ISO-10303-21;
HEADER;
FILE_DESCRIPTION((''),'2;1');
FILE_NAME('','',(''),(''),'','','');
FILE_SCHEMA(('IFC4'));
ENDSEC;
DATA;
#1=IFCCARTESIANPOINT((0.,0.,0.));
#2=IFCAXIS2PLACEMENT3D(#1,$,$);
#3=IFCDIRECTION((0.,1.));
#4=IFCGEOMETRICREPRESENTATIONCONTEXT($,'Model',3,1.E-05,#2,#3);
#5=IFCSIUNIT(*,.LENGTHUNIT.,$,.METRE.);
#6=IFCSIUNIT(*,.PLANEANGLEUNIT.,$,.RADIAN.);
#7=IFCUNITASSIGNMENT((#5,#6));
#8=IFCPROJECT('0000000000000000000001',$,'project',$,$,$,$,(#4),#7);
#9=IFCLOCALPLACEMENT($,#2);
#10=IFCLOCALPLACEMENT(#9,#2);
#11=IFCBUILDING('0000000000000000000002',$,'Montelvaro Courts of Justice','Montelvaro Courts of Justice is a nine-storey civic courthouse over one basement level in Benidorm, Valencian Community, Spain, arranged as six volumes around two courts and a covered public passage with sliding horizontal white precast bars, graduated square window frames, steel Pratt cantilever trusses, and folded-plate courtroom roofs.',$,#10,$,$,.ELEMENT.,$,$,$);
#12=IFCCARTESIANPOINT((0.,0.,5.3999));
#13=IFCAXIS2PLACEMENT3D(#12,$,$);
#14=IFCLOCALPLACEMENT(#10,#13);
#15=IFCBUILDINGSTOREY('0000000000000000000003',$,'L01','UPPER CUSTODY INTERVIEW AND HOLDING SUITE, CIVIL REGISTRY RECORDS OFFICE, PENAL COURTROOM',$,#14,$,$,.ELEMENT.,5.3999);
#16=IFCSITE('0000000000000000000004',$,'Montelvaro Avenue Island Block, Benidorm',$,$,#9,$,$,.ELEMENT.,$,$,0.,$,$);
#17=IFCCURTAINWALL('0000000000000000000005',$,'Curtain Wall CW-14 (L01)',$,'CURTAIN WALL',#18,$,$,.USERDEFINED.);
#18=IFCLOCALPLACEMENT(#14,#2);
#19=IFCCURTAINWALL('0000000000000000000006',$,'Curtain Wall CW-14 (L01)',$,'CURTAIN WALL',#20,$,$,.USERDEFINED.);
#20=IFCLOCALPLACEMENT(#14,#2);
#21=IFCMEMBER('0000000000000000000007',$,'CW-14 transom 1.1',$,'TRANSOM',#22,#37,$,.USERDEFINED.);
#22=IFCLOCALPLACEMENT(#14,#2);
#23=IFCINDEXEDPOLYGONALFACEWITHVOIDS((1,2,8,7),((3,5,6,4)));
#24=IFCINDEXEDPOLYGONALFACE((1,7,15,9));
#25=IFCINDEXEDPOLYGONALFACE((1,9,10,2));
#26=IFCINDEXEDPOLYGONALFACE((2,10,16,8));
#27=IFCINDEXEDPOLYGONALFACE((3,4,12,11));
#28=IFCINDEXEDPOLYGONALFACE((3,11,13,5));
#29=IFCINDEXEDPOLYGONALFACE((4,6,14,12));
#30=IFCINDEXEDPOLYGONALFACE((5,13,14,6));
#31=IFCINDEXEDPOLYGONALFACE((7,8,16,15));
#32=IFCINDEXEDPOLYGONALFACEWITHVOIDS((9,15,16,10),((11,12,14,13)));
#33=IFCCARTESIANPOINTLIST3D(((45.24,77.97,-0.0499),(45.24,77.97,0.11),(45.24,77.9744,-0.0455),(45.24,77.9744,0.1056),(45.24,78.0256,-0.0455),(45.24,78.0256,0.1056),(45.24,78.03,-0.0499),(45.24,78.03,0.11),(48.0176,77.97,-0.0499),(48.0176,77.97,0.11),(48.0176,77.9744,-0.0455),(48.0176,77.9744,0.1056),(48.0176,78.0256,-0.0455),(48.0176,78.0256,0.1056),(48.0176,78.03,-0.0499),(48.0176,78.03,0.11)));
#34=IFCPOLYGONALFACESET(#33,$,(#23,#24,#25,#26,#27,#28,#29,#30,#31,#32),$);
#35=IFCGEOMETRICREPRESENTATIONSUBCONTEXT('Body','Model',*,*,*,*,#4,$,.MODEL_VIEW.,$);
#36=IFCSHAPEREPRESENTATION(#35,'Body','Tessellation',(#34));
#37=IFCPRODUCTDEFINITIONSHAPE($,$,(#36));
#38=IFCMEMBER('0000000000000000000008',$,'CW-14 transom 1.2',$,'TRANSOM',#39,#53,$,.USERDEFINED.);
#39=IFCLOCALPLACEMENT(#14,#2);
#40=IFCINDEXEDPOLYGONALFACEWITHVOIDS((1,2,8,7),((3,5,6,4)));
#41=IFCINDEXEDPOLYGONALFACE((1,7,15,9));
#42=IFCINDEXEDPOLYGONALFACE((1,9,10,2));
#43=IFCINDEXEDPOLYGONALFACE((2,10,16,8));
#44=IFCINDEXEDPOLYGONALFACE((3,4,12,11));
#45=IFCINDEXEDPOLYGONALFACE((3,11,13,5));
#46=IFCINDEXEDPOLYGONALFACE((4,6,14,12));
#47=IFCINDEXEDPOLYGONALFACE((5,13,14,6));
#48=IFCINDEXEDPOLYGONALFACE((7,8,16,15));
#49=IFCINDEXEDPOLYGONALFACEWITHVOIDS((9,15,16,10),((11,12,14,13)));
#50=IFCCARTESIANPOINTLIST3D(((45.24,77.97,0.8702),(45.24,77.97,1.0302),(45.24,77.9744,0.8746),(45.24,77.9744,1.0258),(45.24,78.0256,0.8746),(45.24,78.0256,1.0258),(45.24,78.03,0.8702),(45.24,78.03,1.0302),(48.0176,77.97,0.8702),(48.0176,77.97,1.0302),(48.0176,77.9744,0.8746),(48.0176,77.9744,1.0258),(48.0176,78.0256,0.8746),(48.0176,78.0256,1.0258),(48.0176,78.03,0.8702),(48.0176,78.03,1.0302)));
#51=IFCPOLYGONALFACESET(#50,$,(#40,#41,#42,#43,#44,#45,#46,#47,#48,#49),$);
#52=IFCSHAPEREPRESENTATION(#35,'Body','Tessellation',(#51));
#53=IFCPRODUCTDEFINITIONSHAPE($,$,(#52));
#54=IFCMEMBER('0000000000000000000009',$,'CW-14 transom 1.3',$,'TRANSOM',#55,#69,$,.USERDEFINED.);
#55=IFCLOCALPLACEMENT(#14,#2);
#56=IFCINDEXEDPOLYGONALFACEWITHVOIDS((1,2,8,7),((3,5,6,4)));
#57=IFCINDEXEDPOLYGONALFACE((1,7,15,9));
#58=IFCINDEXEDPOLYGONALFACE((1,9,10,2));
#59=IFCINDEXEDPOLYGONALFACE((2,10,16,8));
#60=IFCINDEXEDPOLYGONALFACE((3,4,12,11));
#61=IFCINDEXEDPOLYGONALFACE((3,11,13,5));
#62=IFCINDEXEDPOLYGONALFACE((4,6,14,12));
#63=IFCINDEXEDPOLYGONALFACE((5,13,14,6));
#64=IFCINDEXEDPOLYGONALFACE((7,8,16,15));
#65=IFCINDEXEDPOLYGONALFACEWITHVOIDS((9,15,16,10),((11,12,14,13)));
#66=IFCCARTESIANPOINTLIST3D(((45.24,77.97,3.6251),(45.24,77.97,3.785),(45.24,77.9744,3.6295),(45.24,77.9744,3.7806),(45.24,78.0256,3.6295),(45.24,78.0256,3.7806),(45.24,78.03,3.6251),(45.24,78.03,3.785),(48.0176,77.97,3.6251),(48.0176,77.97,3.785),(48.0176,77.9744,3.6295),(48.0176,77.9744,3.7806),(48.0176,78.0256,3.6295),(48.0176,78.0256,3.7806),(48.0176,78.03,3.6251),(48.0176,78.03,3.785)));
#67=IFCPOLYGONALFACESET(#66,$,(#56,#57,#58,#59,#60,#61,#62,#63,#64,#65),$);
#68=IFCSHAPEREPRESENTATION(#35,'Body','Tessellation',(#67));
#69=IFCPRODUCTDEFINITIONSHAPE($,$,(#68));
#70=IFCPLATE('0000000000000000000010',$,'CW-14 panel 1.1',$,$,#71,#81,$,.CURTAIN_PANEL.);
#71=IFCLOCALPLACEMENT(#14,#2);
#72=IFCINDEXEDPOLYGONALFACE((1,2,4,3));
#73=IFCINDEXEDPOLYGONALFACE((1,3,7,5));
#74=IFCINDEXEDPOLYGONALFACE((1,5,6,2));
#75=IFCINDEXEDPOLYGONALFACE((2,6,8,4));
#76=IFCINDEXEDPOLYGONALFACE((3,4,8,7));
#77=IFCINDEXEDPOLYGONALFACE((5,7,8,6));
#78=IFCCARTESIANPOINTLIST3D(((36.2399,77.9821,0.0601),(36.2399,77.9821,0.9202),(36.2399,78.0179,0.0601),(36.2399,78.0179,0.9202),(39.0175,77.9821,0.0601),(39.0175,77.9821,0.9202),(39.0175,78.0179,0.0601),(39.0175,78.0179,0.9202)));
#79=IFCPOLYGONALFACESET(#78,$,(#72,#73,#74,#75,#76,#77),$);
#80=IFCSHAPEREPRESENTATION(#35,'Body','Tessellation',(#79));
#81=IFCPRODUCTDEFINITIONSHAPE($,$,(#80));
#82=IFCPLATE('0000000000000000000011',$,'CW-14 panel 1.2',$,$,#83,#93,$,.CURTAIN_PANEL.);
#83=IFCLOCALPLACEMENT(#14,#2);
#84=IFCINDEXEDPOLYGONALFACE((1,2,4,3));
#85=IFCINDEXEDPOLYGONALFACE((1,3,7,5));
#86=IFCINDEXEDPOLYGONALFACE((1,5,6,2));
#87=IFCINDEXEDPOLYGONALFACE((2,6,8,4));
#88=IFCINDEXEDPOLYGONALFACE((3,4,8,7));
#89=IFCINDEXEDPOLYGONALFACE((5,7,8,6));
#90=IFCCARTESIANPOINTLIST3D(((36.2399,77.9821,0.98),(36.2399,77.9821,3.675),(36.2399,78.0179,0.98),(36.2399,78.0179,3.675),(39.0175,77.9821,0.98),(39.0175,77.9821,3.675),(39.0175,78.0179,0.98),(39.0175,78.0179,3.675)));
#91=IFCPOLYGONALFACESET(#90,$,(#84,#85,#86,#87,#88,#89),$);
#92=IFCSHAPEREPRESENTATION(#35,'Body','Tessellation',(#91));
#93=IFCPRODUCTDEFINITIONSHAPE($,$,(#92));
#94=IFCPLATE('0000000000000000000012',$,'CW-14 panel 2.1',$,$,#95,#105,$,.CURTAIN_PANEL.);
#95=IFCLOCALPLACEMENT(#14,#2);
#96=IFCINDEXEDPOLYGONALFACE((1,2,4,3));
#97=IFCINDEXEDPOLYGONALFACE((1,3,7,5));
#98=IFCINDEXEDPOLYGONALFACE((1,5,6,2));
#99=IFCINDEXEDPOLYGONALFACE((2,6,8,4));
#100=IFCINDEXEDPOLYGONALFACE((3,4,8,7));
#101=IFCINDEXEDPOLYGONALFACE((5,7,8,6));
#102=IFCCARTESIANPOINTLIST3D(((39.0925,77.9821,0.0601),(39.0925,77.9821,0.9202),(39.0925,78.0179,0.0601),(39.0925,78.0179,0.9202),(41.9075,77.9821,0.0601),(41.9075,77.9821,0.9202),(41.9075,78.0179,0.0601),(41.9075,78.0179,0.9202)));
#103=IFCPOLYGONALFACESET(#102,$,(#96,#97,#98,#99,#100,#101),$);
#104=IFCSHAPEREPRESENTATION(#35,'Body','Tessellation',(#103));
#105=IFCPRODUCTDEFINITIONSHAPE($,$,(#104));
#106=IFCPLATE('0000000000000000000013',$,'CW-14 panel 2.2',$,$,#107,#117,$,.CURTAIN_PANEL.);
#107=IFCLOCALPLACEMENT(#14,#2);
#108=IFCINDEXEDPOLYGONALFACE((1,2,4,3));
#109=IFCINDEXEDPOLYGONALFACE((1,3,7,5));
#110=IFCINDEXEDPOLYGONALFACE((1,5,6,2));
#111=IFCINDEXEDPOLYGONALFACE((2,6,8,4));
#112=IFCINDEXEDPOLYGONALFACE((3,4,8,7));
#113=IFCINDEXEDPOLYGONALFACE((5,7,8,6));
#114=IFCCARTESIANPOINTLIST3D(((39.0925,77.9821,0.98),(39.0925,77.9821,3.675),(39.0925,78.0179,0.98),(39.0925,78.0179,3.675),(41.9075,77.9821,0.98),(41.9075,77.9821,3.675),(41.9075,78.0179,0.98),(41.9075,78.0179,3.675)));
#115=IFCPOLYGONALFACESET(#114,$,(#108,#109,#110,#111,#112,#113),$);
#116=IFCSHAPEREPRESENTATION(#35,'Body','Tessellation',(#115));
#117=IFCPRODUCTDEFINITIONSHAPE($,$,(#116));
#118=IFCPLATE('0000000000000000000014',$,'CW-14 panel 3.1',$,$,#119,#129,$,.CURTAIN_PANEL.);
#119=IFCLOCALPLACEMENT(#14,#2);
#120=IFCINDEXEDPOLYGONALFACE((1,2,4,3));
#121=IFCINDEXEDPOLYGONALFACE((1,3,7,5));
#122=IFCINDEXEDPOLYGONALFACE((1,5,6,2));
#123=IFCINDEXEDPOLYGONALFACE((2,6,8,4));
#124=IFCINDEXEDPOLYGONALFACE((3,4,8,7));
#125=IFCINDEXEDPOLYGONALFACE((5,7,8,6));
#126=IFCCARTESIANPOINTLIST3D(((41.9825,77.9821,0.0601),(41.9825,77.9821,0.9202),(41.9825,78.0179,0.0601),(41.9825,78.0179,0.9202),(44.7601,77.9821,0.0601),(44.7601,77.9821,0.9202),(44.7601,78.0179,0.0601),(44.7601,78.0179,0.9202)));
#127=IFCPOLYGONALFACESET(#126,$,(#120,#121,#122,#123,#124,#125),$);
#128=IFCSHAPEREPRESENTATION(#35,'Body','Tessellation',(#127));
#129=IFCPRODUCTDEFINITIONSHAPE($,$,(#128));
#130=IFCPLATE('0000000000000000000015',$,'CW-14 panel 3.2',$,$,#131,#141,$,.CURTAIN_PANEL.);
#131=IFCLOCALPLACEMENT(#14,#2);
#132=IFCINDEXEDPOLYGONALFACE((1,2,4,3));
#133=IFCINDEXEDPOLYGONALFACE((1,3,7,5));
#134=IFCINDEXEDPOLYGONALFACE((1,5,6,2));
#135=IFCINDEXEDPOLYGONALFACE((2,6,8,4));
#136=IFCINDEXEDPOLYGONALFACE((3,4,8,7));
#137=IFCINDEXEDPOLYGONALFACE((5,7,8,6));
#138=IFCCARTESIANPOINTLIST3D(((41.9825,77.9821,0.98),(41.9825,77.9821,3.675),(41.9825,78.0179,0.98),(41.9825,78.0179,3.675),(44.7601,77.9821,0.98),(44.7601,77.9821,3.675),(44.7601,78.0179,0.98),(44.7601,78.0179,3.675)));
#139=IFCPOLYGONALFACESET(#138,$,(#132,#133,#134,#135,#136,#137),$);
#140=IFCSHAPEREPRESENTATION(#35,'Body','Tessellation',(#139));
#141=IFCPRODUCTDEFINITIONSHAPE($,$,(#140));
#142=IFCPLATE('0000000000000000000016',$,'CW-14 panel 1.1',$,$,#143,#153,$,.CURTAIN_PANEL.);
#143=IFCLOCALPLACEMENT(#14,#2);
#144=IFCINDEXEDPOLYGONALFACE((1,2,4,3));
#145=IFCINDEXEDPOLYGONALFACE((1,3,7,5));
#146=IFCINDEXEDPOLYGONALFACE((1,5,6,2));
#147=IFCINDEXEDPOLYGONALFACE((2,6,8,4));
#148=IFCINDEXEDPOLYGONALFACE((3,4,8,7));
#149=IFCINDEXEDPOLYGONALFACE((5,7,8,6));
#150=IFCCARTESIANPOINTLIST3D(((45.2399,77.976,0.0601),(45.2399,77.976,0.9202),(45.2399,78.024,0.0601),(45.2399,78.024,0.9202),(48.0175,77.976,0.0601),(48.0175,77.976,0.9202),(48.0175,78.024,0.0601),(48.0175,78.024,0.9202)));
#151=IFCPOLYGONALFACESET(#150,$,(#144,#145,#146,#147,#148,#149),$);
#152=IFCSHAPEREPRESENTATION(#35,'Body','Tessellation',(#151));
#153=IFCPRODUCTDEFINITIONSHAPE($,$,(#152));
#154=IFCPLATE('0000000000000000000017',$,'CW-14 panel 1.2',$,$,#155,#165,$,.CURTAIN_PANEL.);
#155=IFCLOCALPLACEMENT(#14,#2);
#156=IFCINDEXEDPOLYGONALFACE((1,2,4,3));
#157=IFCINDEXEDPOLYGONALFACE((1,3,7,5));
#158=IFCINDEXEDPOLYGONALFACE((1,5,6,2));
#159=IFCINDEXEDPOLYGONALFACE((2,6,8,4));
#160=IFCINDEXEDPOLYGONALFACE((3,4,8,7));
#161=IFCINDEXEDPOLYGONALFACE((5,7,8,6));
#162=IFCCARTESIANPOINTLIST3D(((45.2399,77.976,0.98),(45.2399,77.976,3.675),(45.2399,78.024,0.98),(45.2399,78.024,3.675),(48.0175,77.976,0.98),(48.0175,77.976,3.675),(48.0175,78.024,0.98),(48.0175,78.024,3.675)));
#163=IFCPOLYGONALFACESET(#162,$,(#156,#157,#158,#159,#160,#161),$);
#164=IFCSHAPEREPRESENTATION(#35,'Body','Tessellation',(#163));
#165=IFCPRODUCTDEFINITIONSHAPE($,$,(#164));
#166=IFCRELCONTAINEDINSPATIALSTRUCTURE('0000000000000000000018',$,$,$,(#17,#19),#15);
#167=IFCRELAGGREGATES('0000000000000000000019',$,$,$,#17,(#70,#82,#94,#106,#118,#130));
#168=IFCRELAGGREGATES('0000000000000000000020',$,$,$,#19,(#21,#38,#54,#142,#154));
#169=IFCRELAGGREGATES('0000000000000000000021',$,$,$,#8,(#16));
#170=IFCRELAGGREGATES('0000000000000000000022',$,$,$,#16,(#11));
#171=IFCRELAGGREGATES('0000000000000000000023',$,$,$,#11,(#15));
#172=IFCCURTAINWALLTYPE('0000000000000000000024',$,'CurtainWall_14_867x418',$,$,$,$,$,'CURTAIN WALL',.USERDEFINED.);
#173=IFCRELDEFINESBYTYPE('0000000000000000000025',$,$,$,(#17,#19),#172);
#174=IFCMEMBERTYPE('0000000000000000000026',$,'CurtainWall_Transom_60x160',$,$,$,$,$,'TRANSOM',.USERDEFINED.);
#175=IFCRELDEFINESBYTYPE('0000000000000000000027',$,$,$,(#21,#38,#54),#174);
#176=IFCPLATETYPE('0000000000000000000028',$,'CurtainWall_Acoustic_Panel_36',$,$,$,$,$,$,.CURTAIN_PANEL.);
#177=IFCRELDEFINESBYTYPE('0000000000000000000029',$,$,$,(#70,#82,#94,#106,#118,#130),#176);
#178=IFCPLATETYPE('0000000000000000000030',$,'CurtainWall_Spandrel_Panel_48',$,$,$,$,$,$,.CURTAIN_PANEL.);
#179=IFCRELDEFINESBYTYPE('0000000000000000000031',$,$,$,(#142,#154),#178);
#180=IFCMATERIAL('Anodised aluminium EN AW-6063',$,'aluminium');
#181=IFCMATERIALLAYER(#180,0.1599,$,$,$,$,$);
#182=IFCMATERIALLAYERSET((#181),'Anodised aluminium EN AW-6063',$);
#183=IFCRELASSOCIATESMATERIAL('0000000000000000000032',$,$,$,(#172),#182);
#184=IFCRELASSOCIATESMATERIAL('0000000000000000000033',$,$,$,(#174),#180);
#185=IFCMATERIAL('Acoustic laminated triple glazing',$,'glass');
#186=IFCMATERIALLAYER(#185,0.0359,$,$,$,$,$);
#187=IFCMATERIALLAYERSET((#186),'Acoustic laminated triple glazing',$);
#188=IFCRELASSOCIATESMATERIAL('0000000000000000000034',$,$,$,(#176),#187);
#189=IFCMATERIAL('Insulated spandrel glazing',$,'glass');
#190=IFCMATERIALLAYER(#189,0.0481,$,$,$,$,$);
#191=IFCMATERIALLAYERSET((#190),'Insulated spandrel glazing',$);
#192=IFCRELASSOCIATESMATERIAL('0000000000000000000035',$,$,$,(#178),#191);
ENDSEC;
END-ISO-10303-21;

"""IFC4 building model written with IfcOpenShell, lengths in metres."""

from ifc_helpers import new_model, si_unit, direction, frame, origin, origin_2d, place, context, subcontext, project, spatial, rectangle, hollow_rectangle, extrude, material, layer, layer_set, material_profile, profile_set, type_object, element, aggregate, save


model = new_model("IFC4")

# Units and contexts
model_context = context("Model", 3, precision=1e-05, world=origin(), true_north=direction((0.0, 1.0)))
body_context = subcontext(model_context, "Body", "Model", "MODEL_VIEW")
ifc_project = project(units=[si_unit("LENGTHUNIT", "METRE"), si_unit("PLANEANGLEUNIT", "RADIAN")], contexts=[model_context])

# Site, building, storey
site_placement = place(None, origin())
site = spatial("IfcSite", under=ifc_project, at=site_placement, Name="Montelvaro Avenue Island Block, Benidorm", CompositionType="ELEMENT", RefElevation=0.0)
building_placement = place(site_placement, origin())
building = spatial("IfcBuilding", under=site, at=building_placement, Name="Montelvaro Courts of Justice", Description="Montelvaro Courts of Justice is a nine-storey civic courthouse over one basement level in Benidorm, Valencian Community, Spain, arranged as six volumes around two courts and a covered public passage with sliding horizontal white precast bars, graduated square window frames, steel Pratt cantilever trusses, and folded-plate courtroom roofs.", CompositionType="ELEMENT")
storey_placement = place(building_placement, frame((0.0, 0.0, 5.3999)))
storey = spatial("IfcBuildingStorey", under=building, at=storey_placement, Name="L01", Description="UPPER CUSTODY INTERVIEW AND HOLDING SUITE, CIVIL REGISTRY RECORDS OFFICE, PENAL COURTROOM", CompositionType="ELEMENT", Elevation=5.3999)

# Curtain wall
ifc_material_1 = material(Name="Anodised aluminium EN AW-6063", Category="aluminium")
ifc_layer_1 = layer(ifc_material_1, 0.1599)
ifc_layer_set_1 = layer_set([ifc_layer_1], Name="Anodised aluminium EN AW-6063")
curtain_wall_type = type_object("IfcCurtainWallType", Name="CurtainWall_14_867x418", ElementType="CURTAIN WALL", PredefinedType="USERDEFINED", material=ifc_layer_set_1)
curtain_wall_1_placement = place(storey_placement, origin())
curtain_wall_1 = element("IfcCurtainWall", 1, at=curtain_wall_1_placement, inside=storey, type_object=curtain_wall_type, Name="Curtain Wall CW-14 (L01)", ObjectType="CURTAIN WALL", PredefinedType="USERDEFINED")

# Curtain wall
curtain_wall_2_placement = place(storey_placement, origin())
curtain_wall_2 = element("IfcCurtainWall", 2, at=curtain_wall_2_placement, inside=storey, type_object=curtain_wall_type, Name="Curtain Wall CW-14 (L01)", ObjectType="CURTAIN WALL", PredefinedType="USERDEFINED")

# Members
ifc_material_profile_1 = material_profile(ifc_material_1, hollow_rectangle(XDim=0.0601, YDim=0.1599, WallThickness=0.0044, at=origin_2d()), Name="ALU-T 60x160")
ifc_profile_set_1 = profile_set([ifc_material_profile_1], Name="Anodised aluminium EN AW-6063")
member_type_1 = type_object("IfcMemberType", Name="CurtainWall_Transom_60x160", ElementType="TRANSOM", PredefinedType="USERDEFINED", material=ifc_profile_set_1)
member_1_placement = place(storey_placement, frame((45.24, 78.0, 0.03), z_axis=(1.0, 0.0, 0.0), x_axis=(0.0, 1.0, 0.0)))
member_1 = element("IfcMember", 3, at=member_1_placement, type_object=member_type_1, Name="CW-14 transom 1.1", ObjectType="TRANSOM", PredefinedType="USERDEFINED", context=body_context, shape_type="SweptSolid", body=[
    extrude(hollow_rectangle(XDim=0.0601, YDim=0.1599, WallThickness=0.0044, at=origin_2d()), origin(), (0.0, 0.0, 1.0), 2.7776),
])
member_2_placement = place(storey_placement, frame((45.24, 78.0, 0.9502), z_axis=(1.0, 0.0, 0.0), x_axis=(0.0, 1.0, 0.0)))
member_2 = element("IfcMember", 4, at=member_2_placement, type_object=member_type_1, Name="CW-14 transom 1.2", ObjectType="TRANSOM", PredefinedType="USERDEFINED", context=body_context, shape_type="SweptSolid", body=[
    extrude(hollow_rectangle(XDim=0.0601, YDim=0.1599, WallThickness=0.0044, at=origin_2d()), origin(), (0.0, 0.0, 1.0), 2.7776),
])
member_3_placement = place(storey_placement, frame((45.24, 78.0, 3.7051), z_axis=(1.0, 0.0, 0.0), x_axis=(0.0, 1.0, 0.0)))
member_3 = element("IfcMember", 5, at=member_3_placement, type_object=member_type_1, Name="CW-14 transom 1.3", ObjectType="TRANSOM", PredefinedType="USERDEFINED", context=body_context, shape_type="SweptSolid", body=[
    extrude(hollow_rectangle(XDim=0.0601, YDim=0.1599, WallThickness=0.0044, at=origin_2d()), origin(), (0.0, 0.0, 1.0), 2.7776),
])

# Plates
ifc_material_2 = material(Name="Acoustic laminated triple glazing", Category="glass")
ifc_layer_2 = layer(ifc_material_2, 0.0359)
ifc_layer_set_2 = layer_set([ifc_layer_2], Name="Acoustic laminated triple glazing")
plate_type_1 = type_object("IfcPlateType", Name="CurtainWall_Acoustic_Panel_36", PredefinedType="CURTAIN_PANEL", material=ifc_layer_set_2)
plate_1_placement = place(storey_placement, frame((37.6287, 78.0, 0.0601), z_axis=(0.0, 0.0, 1.0), x_axis=(1.0, 0.0, 0.0)))
plate_1 = element("IfcPlate", 6, at=plate_1_placement, type_object=plate_type_1, Name="CW-14 panel 1.1", PredefinedType="CURTAIN_PANEL", context=body_context, shape_type="SweptSolid", body=[
    extrude(rectangle(XDim=2.7776, YDim=0.0359, at=origin_2d()), origin(), (0.0, 0.0, 1.0), 0.8601),
])
plate_2_placement = place(storey_placement, frame((37.6287, 78.0, 0.98), z_axis=(0.0, 0.0, 1.0), x_axis=(1.0, 0.0, 0.0)))
plate_2 = element("IfcPlate", 7, at=plate_2_placement, type_object=plate_type_1, Name="CW-14 panel 1.2", PredefinedType="CURTAIN_PANEL", context=body_context, shape_type="SweptSolid", body=[
    extrude(rectangle(XDim=2.7776, YDim=0.0359, at=origin_2d()), origin(), (0.0, 0.0, 1.0), 2.6951),
])
plate_3_placement = place(storey_placement, frame((40.5, 78.0, 0.0601), z_axis=(0.0, 0.0, 1.0), x_axis=(1.0, 0.0, 0.0)))
plate_3 = element("IfcPlate", 8, at=plate_3_placement, type_object=plate_type_1, Name="CW-14 panel 2.1", PredefinedType="CURTAIN_PANEL", context=body_context, shape_type="SweptSolid", body=[
    extrude(rectangle(XDim=2.8149, YDim=0.0359, at=origin_2d()), origin(), (0.0, 0.0, 1.0), 0.8601),
])
plate_4_placement = place(storey_placement, frame((40.5, 78.0, 0.98), z_axis=(0.0, 0.0, 1.0), x_axis=(1.0, 0.0, 0.0)))
plate_4 = element("IfcPlate", 9, at=plate_4_placement, type_object=plate_type_1, Name="CW-14 panel 2.2", PredefinedType="CURTAIN_PANEL", context=body_context, shape_type="SweptSolid", body=[
    extrude(rectangle(XDim=2.8149, YDim=0.0359, at=origin_2d()), origin(), (0.0, 0.0, 1.0), 2.6951),
])
plate_5_placement = place(storey_placement, frame((43.3713, 78.0, 0.0601), z_axis=(0.0, 0.0, 1.0), x_axis=(1.0, 0.0, 0.0)))
plate_5 = element("IfcPlate", 10, at=plate_5_placement, type_object=plate_type_1, Name="CW-14 panel 3.1", PredefinedType="CURTAIN_PANEL", context=body_context, shape_type="SweptSolid", body=[
    extrude(rectangle(XDim=2.7776, YDim=0.0359, at=origin_2d()), origin(), (0.0, 0.0, 1.0), 0.8601),
])
plate_6_placement = place(storey_placement, frame((43.3713, 78.0, 0.98), z_axis=(0.0, 0.0, 1.0), x_axis=(1.0, 0.0, 0.0)))
plate_6 = element("IfcPlate", 11, at=plate_6_placement, type_object=plate_type_1, Name="CW-14 panel 3.2", PredefinedType="CURTAIN_PANEL", context=body_context, shape_type="SweptSolid", body=[
    extrude(rectangle(XDim=2.7776, YDim=0.0359, at=origin_2d()), origin(), (0.0, 0.0, 1.0), 2.6951),
])
aggregate(curtain_wall_1, [plate_1, plate_2, plate_3, plate_4, plate_5, plate_6])
ifc_material_3 = material(Name="Insulated spandrel glazing", Category="glass")
ifc_layer_3 = layer(ifc_material_3, 0.0481)
ifc_layer_set_3 = layer_set([ifc_layer_3], Name="Insulated spandrel glazing")
plate_type_2 = type_object("IfcPlateType", Name="CurtainWall_Spandrel_Panel_48", PredefinedType="CURTAIN_PANEL", material=ifc_layer_set_3)
plate_7_placement = place(storey_placement, frame((46.6287, 78.0, 0.0601), z_axis=(0.0, 0.0, 1.0), x_axis=(1.0, 0.0, 0.0)))
plate_7 = element("IfcPlate", 12, at=plate_7_placement, type_object=plate_type_2, Name="CW-14 panel 1.1", PredefinedType="CURTAIN_PANEL", context=body_context, shape_type="SweptSolid", body=[
    extrude(rectangle(XDim=2.7776, YDim=0.0481, at=origin_2d()), origin(), (0.0, 0.0, 1.0), 0.8601),
])
plate_8_placement = place(storey_placement, frame((46.6287, 78.0, 0.98), z_axis=(0.0, 0.0, 1.0), x_axis=(1.0, 0.0, 0.0)))
plate_8 = element("IfcPlate", 13, at=plate_8_placement, type_object=plate_type_2, Name="CW-14 panel 1.2", PredefinedType="CURTAIN_PANEL", context=body_context, shape_type="SweptSolid", body=[
    extrude(rectangle(XDim=2.7776, YDim=0.0481, at=origin_2d()), origin(), (0.0, 0.0, 1.0), 2.6951),
])
aggregate(curtain_wall_2, [member_1, member_2, member_3, plate_7, plate_8])

save(model, "model.ifc")
